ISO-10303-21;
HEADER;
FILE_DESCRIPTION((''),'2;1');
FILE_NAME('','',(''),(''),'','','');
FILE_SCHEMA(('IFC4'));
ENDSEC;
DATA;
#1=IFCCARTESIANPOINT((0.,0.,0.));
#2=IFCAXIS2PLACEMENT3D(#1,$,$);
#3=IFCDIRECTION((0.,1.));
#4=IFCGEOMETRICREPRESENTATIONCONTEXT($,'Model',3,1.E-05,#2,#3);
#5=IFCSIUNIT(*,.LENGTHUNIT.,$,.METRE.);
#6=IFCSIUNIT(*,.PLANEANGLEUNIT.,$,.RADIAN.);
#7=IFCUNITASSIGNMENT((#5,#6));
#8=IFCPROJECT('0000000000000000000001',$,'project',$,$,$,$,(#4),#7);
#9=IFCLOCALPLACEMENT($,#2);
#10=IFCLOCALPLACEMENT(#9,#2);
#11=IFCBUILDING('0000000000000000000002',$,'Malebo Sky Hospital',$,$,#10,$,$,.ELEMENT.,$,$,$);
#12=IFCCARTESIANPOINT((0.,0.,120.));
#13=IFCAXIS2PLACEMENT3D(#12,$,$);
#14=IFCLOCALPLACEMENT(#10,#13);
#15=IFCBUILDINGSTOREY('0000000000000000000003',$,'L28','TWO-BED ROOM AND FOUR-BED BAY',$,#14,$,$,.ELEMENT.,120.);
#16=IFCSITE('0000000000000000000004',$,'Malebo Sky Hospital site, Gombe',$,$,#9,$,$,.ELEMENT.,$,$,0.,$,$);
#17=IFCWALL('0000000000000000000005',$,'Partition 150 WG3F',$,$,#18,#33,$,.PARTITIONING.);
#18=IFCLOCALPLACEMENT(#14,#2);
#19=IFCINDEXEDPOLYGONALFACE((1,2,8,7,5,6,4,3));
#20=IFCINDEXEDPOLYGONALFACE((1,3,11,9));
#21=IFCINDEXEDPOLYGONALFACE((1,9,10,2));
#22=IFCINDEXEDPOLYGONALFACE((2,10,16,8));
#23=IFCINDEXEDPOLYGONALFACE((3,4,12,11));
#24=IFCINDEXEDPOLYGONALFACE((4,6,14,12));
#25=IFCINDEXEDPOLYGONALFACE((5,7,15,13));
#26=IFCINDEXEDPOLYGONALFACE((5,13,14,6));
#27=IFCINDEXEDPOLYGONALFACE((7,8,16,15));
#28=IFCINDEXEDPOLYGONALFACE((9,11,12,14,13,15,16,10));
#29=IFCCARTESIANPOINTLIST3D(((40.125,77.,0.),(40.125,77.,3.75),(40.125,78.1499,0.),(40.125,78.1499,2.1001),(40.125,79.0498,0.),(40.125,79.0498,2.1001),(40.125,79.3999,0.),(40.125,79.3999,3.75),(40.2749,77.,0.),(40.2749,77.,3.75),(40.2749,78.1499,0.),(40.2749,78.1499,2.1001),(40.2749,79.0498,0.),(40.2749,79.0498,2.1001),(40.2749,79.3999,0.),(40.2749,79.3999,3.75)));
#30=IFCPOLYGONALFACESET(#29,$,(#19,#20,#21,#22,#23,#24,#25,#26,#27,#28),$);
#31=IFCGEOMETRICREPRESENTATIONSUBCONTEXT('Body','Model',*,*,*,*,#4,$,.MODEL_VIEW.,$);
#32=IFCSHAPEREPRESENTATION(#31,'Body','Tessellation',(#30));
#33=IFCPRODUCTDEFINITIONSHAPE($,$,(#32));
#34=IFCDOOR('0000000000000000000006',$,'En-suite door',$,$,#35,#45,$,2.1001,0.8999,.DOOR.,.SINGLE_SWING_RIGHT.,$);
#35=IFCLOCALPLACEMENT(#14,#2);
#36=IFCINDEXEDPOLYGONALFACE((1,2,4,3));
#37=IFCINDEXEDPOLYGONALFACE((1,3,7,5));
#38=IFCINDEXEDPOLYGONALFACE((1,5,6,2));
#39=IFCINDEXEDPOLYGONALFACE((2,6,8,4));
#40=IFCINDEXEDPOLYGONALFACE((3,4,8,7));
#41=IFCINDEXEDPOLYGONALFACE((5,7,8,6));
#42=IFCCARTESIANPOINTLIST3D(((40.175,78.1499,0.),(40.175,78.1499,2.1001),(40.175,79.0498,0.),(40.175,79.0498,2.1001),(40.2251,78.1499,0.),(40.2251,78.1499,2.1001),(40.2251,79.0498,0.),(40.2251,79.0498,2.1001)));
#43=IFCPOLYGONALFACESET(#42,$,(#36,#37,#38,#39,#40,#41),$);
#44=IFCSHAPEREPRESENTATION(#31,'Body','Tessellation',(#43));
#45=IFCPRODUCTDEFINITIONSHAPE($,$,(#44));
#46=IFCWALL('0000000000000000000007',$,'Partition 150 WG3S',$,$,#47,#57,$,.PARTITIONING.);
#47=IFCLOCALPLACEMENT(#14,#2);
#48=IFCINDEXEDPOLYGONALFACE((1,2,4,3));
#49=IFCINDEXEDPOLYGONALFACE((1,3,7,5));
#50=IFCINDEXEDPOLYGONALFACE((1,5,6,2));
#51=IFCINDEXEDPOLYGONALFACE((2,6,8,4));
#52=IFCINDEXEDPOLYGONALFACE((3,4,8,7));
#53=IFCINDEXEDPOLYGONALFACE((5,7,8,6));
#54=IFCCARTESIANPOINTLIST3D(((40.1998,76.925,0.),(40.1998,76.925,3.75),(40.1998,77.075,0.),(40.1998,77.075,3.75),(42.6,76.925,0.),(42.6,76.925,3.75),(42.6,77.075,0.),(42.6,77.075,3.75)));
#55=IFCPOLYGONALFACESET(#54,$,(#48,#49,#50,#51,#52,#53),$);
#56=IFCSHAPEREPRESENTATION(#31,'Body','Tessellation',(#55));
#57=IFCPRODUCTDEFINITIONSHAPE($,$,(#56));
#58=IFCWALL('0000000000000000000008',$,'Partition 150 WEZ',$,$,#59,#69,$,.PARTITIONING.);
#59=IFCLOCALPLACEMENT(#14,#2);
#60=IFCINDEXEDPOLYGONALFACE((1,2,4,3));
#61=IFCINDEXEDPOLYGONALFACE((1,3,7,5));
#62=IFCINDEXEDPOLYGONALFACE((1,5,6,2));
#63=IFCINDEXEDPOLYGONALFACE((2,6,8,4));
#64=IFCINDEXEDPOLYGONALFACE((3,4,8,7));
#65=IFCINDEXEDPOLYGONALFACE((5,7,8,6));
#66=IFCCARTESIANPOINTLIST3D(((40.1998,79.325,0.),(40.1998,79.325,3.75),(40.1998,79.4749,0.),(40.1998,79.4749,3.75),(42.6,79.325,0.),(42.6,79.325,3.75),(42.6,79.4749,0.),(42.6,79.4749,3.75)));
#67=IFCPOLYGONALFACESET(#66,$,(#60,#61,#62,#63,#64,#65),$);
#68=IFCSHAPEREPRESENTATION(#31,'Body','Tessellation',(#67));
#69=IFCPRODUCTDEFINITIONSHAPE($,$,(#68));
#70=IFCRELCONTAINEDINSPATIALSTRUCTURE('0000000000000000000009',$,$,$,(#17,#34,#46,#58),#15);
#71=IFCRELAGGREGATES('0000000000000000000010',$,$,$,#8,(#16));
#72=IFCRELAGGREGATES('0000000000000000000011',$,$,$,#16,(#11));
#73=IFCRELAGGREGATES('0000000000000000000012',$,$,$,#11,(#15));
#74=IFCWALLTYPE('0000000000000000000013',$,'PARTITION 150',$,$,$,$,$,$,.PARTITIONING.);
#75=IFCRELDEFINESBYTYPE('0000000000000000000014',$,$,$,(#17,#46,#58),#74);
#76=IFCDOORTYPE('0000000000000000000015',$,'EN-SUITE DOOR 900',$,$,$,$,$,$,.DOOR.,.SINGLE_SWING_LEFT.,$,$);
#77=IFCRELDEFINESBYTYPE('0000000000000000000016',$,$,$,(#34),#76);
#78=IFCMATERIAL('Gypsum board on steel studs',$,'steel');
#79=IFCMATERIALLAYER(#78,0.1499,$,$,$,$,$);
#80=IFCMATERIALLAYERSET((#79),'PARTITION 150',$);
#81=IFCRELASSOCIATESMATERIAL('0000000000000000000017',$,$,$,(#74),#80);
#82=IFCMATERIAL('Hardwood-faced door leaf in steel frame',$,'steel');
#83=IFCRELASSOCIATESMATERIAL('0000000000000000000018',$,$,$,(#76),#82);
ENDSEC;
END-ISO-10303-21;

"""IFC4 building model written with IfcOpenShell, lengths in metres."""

from ifc_helpers import new_model, si_unit, direction, frame, frame_2d, origin, place, context, subcontext, project, spatial, rectangle, extrude, material, layer, layer_set, type_object, element, fill, save


model = new_model("IFC4")

# Units and contexts
model_context = context("Model", 3, precision=1e-05, world=origin(), true_north=direction((0.0, 1.0)))
body_context = subcontext(model_context, "Body", "Model", "MODEL_VIEW")
ifc_project = project(units=[si_unit("LENGTHUNIT", "METRE"), si_unit("PLANEANGLEUNIT", "RADIAN")], contexts=[model_context])

# Site, building, storey
site_placement = place(None, origin())
site = spatial("IfcSite", under=ifc_project, at=site_placement, Name="Malebo Sky Hospital site, Gombe", CompositionType="ELEMENT", RefElevation=0.0)
building_placement = place(site_placement, origin())
building = spatial("IfcBuilding", under=site, at=building_placement, Name="Malebo Sky Hospital", CompositionType="ELEMENT")
storey_placement = place(building_placement, frame((0.0, 0.0, 120.0)))
storey = spatial("IfcBuildingStorey", under=building, at=storey_placement, Name="L28", Description="TWO-BED ROOM AND FOUR-BED BAY", CompositionType="ELEMENT", Elevation=120.0)

# Shared definitions
ifc_material_1 = material(Name="Gypsum board on steel studs", Category="steel")
ifc_material_2 = material(Name="Hardwood-faced door leaf in steel frame", Category="steel")

# Shared definitions
ifc_layer_1 = layer(ifc_material_1, 0.1499)
ifc_layer_set_1 = layer_set([ifc_layer_1], Name="PARTITION 150")
wall_type_1 = type_object("IfcWallType", Name="PARTITION 150", PredefinedType="PARTITIONING", material=ifc_layer_set_1)

# Wall, opening, door
wall_1_placement = place(storey_placement, frame((40.2, 77.0, 0.0), z_axis=(0.0, 0.0, 1.0), x_axis=(0.0, 1.0, 0.0)))
wall_1 = element("IfcWall", 1, at=wall_1_placement, inside=storey, type_object=wall_type_1, Name="Partition 150 WG3F", PredefinedType="PARTITIONING", context=body_context, shape_type="SweptSolid", body=[
    extrude(rectangle(XDim=2.3999, YDim=0.1499, at=frame_2d((1.2, 0.0))), origin(), (0.0, 0.0, 1.0), 3.75),
])
opening_1_placement = place(wall_1_placement, frame((1.1499, 0.0, 0.0)))
opening_1 = element("IfcOpeningElement", 2, at=opening_1_placement, cuts=wall_1, PredefinedType="OPENING", context=body_context, shape_type="SweptSolid", body=[
    extrude(rectangle(XDim=0.8999, YDim=2.1001, at=frame_2d((0.45, 1.05))), frame((0.0, 0.085, 0.0), z_axis=(0.0, -1.0, 0.0), x_axis=(1.0, 0.0, 0.0)), (0.0, 0.0, 1.0), 0.1699),
])
door_type_1 = type_object("IfcDoorType", Name="EN-SUITE DOOR 900", OperationType="SINGLE_SWING_LEFT", PredefinedType="DOOR", material=ifc_material_2)
door_1_placement = place(opening_1_placement, origin())
door_1 = element("IfcDoor", 3, at=door_1_placement, inside=storey, type_object=door_type_1, Name="En-suite door", OperationType="SINGLE_SWING_RIGHT", OverallHeight=2.1001, OverallWidth=0.8999, PredefinedType="DOOR", context=body_context, shape_type="SweptSolid", body=[
    extrude(rectangle(XDim=0.8999, YDim=2.1001, at=frame_2d((0.45, 1.05))), frame((0.0, 0.0249, 0.0), z_axis=(0.0, -1.0, 0.0), x_axis=(1.0, 0.0, 0.0)), (0.0, 0.0, 1.0), 0.05),
])
fill(opening_1, door_1)

# Walls
for number, where, z_axis, x_axis, name in (
    (4, (42.6001, 77.0, 0.0), (0.0, 0.0, 1.0), (-1.0, 0.0, 0.0), "Partition 150 WG3S"),
    (5, (42.6001, 79.3999, 0.0), (0.0, 0.0, 1.0), (-1.0, 0.0, 0.0), "Partition 150 WEZ"),
):
    element("IfcWall", number, at=place(storey_placement, frame(where, z_axis=z_axis, x_axis=x_axis)), inside=storey, type_object=wall_type_1, Name=name, PredefinedType="PARTITIONING", context=body_context, shape_type="SweptSolid", body=[
        extrude(rectangle(XDim=2.4001, YDim=0.1499, at=frame_2d((1.2002, 0.0))), origin(), (0.0, 0.0, 1.0), 3.75),
    ])

save(model, "model.ifc")
